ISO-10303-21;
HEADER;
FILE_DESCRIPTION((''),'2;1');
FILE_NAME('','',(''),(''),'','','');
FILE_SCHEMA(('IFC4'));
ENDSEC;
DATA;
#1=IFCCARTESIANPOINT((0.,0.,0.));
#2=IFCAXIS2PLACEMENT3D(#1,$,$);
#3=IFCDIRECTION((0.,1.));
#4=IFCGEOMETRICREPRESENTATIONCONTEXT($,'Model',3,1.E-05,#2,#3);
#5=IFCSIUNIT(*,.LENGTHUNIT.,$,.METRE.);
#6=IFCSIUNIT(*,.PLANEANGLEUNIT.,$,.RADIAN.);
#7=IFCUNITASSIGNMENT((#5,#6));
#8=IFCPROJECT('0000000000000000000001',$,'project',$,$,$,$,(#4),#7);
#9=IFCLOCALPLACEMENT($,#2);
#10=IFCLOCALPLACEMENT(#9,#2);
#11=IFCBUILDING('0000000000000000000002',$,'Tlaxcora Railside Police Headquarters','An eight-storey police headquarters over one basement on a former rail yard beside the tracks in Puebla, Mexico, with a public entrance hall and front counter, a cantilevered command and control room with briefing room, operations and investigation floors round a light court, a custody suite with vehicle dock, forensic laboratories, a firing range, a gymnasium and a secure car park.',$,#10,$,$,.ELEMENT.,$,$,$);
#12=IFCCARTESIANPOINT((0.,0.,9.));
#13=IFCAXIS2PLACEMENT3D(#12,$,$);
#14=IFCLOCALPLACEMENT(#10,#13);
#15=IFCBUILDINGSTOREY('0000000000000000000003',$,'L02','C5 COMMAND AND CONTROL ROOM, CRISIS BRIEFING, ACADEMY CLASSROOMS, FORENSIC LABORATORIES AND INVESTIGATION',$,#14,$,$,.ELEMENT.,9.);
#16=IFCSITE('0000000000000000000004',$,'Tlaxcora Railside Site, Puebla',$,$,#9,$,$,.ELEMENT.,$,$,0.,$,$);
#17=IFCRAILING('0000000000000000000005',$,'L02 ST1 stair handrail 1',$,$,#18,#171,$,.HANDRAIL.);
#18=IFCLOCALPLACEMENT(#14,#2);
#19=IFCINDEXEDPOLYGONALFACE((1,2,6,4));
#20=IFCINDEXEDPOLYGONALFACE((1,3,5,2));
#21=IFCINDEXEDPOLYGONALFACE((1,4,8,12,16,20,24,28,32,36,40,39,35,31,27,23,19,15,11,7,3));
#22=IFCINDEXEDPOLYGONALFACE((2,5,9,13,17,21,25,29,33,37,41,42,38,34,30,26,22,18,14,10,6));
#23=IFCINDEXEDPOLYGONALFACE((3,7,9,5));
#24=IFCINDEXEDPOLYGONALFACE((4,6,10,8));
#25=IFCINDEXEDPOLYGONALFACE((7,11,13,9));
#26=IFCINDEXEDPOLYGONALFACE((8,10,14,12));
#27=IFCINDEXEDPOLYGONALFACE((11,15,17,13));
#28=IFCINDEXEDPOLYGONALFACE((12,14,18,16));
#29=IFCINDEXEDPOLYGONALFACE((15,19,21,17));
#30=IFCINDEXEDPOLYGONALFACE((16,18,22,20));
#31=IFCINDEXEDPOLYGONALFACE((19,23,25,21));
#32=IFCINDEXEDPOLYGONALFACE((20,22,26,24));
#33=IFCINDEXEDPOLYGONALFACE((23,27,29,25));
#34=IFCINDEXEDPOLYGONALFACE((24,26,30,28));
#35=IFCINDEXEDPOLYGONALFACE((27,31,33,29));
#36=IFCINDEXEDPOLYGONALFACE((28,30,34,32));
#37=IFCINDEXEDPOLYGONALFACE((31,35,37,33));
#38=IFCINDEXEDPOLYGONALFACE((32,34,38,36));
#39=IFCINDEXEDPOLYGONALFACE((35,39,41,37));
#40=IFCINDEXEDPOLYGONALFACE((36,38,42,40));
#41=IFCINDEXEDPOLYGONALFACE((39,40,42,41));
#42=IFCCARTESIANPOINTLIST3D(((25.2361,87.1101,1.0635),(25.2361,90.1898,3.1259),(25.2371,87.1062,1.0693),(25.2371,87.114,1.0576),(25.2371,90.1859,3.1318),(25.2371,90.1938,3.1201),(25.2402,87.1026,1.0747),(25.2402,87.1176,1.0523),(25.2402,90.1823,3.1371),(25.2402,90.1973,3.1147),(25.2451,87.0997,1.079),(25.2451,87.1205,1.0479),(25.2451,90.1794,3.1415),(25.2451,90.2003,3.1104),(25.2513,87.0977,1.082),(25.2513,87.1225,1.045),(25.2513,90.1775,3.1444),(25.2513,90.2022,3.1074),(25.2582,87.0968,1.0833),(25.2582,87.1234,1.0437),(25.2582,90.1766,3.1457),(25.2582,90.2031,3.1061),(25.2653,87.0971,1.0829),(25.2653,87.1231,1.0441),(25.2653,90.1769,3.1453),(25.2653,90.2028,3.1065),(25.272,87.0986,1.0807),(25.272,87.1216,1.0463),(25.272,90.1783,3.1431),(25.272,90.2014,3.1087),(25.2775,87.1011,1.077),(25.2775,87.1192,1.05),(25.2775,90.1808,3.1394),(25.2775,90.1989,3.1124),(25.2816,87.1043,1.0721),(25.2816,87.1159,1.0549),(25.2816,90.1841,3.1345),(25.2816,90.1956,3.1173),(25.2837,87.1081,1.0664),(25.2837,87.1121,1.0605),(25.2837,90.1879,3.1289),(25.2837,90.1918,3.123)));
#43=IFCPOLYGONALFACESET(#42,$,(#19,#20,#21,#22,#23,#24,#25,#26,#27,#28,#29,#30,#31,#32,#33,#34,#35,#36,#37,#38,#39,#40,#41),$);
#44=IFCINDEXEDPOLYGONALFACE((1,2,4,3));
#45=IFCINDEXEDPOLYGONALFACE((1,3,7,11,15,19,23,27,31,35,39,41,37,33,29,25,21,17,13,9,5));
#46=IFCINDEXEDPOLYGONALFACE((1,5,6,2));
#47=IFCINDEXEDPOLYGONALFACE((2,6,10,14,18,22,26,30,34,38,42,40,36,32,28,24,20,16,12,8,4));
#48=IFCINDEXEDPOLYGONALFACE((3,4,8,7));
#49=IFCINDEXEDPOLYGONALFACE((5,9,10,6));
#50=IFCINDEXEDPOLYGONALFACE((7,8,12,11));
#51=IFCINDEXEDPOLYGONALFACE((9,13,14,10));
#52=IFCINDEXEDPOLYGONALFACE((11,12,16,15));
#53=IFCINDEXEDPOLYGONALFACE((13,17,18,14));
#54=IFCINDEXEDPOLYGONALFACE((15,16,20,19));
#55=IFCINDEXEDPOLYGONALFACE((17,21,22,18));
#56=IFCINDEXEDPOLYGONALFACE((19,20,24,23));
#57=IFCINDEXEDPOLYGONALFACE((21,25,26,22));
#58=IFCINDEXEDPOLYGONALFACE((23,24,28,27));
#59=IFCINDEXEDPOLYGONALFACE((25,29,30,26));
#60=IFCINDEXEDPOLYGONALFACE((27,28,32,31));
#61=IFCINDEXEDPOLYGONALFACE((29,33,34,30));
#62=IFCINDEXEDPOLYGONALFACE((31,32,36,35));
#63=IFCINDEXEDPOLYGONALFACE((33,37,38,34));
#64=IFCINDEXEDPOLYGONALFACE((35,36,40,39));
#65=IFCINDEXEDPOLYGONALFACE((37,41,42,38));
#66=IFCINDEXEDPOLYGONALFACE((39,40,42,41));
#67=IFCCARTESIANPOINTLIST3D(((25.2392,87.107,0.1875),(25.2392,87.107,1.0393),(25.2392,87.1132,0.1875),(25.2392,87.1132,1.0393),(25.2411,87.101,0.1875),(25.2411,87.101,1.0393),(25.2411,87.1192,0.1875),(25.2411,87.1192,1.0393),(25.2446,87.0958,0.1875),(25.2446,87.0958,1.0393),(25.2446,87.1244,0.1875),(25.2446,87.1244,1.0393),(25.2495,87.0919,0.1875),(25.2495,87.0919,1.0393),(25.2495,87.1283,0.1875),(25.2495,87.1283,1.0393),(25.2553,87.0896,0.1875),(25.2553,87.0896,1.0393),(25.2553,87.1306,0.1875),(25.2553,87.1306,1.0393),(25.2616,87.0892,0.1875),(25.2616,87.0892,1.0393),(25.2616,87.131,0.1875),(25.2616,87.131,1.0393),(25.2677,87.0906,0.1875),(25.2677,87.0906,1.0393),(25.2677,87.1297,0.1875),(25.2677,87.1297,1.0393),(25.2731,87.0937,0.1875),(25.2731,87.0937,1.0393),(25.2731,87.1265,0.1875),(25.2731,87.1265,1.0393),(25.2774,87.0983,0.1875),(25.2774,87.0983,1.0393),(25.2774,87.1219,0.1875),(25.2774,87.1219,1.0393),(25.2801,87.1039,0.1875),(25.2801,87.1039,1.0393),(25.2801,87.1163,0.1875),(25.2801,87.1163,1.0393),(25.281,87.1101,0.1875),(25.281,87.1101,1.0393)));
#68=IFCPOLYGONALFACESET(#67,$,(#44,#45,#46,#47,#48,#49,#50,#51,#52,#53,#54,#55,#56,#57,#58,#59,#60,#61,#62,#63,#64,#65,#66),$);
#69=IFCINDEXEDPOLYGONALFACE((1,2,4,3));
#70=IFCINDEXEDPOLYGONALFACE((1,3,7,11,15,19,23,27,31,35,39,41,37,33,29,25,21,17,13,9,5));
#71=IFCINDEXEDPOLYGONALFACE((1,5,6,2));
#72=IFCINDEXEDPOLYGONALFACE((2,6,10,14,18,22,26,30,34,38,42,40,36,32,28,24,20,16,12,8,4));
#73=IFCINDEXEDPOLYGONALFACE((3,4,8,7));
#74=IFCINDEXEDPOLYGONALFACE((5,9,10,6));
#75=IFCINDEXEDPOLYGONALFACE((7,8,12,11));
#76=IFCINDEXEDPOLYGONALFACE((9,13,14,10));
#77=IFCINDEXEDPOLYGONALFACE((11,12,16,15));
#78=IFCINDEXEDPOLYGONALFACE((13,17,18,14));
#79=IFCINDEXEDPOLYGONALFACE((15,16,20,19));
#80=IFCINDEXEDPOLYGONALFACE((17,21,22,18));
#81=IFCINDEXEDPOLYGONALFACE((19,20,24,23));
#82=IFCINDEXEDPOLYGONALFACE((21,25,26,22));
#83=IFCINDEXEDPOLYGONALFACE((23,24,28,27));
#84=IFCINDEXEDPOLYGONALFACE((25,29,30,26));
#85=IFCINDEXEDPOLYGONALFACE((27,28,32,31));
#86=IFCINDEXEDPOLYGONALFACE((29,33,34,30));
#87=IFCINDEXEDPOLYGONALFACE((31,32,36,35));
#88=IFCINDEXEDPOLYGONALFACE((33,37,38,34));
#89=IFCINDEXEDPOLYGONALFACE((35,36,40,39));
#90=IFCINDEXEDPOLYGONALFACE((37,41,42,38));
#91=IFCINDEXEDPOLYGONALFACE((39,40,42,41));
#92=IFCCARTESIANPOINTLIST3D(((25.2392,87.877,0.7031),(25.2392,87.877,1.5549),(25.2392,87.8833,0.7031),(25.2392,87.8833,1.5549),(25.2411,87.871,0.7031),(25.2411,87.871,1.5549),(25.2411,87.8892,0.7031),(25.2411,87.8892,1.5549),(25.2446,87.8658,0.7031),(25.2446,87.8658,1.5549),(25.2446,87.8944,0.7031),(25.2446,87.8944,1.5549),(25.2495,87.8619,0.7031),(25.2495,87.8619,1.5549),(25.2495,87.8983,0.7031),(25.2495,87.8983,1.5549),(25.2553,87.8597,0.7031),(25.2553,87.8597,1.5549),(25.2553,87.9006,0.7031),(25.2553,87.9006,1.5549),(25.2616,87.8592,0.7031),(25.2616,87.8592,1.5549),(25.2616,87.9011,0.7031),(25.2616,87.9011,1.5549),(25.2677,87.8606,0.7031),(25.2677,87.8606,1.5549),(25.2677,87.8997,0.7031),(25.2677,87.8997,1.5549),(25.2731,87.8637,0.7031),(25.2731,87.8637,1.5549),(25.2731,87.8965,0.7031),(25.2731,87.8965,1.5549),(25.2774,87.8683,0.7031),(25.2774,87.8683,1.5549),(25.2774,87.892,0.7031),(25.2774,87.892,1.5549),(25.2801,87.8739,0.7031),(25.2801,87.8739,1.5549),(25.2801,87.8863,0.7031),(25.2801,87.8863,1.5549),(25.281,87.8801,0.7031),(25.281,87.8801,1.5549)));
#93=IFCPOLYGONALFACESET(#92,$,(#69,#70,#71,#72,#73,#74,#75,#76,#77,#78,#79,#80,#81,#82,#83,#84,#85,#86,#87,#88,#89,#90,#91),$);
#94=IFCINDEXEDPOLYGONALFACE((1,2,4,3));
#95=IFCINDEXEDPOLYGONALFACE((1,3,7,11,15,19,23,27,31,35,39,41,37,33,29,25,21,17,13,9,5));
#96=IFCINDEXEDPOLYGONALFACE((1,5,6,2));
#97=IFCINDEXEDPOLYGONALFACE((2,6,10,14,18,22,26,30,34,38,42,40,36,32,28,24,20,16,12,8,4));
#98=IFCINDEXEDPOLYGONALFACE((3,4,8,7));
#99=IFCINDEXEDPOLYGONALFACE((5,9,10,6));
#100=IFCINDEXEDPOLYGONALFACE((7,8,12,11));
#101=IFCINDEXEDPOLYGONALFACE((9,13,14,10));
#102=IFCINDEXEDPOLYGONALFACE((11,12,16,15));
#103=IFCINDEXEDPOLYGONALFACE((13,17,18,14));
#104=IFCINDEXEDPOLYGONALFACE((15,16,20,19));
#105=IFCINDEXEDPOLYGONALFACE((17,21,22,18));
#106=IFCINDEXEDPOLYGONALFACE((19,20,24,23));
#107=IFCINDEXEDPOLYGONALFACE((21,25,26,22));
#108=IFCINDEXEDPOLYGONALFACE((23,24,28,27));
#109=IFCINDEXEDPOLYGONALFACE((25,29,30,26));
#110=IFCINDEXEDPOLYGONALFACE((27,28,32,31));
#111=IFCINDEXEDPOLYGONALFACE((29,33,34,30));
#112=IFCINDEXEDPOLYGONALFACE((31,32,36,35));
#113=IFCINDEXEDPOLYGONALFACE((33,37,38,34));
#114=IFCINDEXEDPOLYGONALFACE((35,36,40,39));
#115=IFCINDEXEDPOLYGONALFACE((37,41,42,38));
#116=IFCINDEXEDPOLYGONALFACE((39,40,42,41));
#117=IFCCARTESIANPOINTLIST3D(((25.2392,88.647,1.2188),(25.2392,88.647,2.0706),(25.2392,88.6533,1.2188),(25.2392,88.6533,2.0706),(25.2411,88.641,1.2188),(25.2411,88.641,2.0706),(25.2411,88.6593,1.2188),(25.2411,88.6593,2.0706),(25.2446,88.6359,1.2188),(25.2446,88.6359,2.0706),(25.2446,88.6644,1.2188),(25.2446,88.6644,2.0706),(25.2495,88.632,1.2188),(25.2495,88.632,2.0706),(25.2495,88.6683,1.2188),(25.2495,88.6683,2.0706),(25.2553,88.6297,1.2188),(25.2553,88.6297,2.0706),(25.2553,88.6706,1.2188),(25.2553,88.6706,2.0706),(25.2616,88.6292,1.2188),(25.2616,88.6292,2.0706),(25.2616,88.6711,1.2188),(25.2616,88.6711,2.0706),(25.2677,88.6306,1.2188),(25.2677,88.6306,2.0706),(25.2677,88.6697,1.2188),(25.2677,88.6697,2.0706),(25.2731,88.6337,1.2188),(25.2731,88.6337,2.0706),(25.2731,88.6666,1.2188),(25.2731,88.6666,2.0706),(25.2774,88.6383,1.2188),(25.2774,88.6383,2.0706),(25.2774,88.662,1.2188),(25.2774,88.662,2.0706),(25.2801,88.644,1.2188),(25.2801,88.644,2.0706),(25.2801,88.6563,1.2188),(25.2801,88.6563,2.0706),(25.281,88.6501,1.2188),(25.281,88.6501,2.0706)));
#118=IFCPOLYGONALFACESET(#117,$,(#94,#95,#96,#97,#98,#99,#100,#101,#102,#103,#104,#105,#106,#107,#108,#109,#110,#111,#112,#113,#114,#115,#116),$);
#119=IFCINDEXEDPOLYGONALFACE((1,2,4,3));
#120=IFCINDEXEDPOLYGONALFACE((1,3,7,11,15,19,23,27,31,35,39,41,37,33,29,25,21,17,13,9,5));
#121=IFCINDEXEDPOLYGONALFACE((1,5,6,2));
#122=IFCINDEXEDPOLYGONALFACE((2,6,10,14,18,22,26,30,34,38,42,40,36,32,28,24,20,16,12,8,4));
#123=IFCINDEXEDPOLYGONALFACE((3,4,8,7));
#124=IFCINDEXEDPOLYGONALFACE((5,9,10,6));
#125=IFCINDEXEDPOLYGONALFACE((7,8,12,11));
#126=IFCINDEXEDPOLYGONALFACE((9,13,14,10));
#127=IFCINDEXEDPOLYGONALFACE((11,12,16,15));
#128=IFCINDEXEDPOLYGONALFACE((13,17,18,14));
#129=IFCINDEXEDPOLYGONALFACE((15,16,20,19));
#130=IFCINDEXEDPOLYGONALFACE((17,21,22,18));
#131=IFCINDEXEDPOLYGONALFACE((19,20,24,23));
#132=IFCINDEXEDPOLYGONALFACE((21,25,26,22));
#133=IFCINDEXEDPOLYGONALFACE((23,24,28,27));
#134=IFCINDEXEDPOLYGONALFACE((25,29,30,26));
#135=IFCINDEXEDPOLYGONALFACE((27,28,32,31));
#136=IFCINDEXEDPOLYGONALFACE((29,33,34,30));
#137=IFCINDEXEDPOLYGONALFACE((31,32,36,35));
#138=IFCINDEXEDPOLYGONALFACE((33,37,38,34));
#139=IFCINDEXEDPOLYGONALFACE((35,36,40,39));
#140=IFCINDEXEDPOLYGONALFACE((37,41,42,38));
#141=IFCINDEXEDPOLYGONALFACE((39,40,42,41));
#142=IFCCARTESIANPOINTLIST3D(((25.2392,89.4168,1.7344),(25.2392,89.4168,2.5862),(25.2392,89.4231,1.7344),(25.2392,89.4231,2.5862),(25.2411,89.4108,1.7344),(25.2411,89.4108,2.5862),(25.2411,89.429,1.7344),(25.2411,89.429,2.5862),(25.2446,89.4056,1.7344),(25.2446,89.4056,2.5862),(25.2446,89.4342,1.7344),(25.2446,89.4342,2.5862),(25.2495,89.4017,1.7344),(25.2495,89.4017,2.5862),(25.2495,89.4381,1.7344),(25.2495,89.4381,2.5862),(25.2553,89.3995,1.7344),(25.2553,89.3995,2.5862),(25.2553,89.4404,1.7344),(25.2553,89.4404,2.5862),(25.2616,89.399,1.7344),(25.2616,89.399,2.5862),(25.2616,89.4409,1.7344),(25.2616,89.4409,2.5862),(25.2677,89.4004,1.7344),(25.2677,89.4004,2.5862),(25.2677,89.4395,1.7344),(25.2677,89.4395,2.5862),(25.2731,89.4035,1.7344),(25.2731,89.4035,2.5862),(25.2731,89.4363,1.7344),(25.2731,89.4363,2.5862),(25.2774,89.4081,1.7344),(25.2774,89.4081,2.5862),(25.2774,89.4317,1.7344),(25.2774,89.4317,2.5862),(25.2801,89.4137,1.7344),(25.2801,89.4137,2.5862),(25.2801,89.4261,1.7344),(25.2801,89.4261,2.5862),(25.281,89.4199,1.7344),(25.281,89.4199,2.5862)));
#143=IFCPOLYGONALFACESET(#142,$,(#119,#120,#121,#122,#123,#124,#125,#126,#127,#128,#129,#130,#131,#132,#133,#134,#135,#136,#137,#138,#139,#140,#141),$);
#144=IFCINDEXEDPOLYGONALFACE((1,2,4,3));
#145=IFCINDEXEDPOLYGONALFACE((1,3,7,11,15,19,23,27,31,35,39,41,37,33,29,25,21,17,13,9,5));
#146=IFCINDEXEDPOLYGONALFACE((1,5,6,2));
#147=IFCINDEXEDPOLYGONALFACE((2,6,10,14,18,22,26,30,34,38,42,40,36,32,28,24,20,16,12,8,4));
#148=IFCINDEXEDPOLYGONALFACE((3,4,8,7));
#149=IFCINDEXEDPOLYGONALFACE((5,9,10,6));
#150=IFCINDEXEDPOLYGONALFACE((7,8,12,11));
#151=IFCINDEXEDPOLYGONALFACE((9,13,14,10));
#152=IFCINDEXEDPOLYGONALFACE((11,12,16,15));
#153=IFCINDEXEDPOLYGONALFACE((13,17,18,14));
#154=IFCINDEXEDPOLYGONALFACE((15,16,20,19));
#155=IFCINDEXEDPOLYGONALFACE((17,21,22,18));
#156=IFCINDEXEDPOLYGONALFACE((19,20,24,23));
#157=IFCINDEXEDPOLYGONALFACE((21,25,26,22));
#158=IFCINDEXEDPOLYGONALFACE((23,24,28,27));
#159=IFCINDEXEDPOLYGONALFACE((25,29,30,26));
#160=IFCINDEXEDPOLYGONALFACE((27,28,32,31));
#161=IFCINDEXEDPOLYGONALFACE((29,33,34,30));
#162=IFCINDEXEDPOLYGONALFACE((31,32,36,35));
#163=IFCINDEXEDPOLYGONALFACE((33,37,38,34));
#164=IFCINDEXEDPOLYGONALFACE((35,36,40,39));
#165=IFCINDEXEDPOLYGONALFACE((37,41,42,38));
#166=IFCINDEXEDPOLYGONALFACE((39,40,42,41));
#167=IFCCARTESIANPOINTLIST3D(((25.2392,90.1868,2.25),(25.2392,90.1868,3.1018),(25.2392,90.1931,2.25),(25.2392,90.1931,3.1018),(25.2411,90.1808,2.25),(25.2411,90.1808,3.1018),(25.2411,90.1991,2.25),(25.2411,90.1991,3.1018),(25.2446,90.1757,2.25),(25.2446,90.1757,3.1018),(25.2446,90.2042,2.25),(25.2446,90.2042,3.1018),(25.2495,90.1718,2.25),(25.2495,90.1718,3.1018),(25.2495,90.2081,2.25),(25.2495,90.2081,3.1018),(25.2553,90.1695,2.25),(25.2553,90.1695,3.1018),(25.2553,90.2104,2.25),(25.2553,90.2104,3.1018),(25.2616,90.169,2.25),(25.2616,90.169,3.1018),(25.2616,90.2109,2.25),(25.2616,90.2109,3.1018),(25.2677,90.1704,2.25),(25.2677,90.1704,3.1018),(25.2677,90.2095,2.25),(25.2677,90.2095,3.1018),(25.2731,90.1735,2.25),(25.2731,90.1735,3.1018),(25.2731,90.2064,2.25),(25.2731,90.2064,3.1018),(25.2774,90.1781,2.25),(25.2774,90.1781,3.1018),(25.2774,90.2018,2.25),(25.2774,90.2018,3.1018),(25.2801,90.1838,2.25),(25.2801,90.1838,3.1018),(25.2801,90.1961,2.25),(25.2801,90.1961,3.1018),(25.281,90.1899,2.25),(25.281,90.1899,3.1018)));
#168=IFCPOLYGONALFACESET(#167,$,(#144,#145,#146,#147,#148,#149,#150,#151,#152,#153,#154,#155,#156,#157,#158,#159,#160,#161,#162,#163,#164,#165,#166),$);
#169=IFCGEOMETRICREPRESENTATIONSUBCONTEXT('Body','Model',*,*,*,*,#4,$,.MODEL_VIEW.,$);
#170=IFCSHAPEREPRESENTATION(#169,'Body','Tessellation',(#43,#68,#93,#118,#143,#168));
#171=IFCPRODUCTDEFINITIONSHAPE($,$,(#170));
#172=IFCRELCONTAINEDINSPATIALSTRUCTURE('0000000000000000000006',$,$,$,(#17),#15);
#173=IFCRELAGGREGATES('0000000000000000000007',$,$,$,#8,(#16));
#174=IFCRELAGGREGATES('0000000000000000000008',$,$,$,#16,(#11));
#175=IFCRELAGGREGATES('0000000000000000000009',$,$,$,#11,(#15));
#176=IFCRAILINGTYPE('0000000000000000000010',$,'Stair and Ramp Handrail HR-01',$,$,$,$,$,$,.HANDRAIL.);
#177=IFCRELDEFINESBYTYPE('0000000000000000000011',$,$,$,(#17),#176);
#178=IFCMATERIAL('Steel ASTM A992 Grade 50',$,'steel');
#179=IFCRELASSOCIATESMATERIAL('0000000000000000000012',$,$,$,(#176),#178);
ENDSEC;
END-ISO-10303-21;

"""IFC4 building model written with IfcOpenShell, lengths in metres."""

from ifc_helpers import new_model, si_unit, direction, frame, origin, origin_2d, place, context, subcontext, project, spatial, circle, extrude, material, type_object, element, save


model = new_model("IFC4")

# Units and contexts
model_context = context("Model", 3, precision=1e-05, world=origin(), true_north=direction((0.0, 1.0)))
body_context = subcontext(model_context, "Body", "Model", "MODEL_VIEW")
ifc_project = project(units=[si_unit("LENGTHUNIT", "METRE"), si_unit("PLANEANGLEUNIT", "RADIAN")], contexts=[model_context])

# Site, building, storey
site_placement = place(None, origin())
site = spatial("IfcSite", under=ifc_project, at=site_placement, Name="Tlaxcora Railside Site, Puebla", CompositionType="ELEMENT", RefElevation=0.0)
building_placement = place(site_placement, origin())
building = spatial("IfcBuilding", under=site, at=building_placement, Name="Tlaxcora Railside Police Headquarters", Description="An eight-storey police headquarters over one basement on a former rail yard beside the tracks in Puebla, Mexico, with a public entrance hall and front counter, a cantilevered command and control room with briefing room, operations and investigation floors round a light court, a custody suite with vehicle dock, forensic laboratories, a firing range, a gymnasium and a secure car park.", CompositionType="ELEMENT")
storey_placement = place(building_placement, frame((0.0, 0.0, 9.0)))
storey = spatial("IfcBuildingStorey", under=building, at=storey_placement, Name="L02", Description="C5 COMMAND AND CONTROL ROOM, CRISIS BRIEFING, ACADEMY CLASSROOMS, FORENSIC LABORATORIES AND INVESTIGATION", CompositionType="ELEMENT", Elevation=9.0)

# Shared definitions
ifc_material_1 = material(Name="Steel ASTM A992 Grade 50", Category="steel")

# Railing
railing_type_1 = type_object("IfcRailingType", Name="Stair and Ramp Handrail HR-01", PredefinedType="HANDRAIL", material=ifc_material_1)
railing_1_placement = place(storey_placement, frame((25.26, 87.1101, 0.1875)))
element("IfcRailing", 1, at=railing_1_placement, inside=storey, type_object=railing_type_1, Name="L02 ST1 stair handrail 1", PredefinedType="HANDRAIL", context=body_context, shape_type="SweptSolid", body=[
    extrude(circle(Radius=0.0239, at=origin_2d()), frame((0.0, 0.0, 0.876), z_axis=(0.0, 0.830893, 0.556432), x_axis=(-1.0, 0.0, 0.0)), (0.0, 0.0, 1.0), 3.7065),
    extrude(circle(Radius=0.021, at=origin_2d()), origin(), (0.0, 0.0, 1.0), 0.8518),
    extrude(circle(Radius=0.021, at=origin_2d()), frame((0.0, 0.77, 0.5156)), (0.0, 0.0, 1.0), 0.8518),
    extrude(circle(Radius=0.021, at=origin_2d()), frame((0.0, 1.54, 1.0312)), (0.0, 0.0, 1.0), 0.8518),
    extrude(circle(Radius=0.021, at=origin_2d()), frame((0.0, 2.3098, 1.5469)), (0.0, 0.0, 1.0), 0.8518),
    extrude(circle(Radius=0.021, at=origin_2d()), frame((0.0, 3.0798, 2.0625)), (0.0, 0.0, 1.0), 0.8518),
])

save(model, "model.ifc")
